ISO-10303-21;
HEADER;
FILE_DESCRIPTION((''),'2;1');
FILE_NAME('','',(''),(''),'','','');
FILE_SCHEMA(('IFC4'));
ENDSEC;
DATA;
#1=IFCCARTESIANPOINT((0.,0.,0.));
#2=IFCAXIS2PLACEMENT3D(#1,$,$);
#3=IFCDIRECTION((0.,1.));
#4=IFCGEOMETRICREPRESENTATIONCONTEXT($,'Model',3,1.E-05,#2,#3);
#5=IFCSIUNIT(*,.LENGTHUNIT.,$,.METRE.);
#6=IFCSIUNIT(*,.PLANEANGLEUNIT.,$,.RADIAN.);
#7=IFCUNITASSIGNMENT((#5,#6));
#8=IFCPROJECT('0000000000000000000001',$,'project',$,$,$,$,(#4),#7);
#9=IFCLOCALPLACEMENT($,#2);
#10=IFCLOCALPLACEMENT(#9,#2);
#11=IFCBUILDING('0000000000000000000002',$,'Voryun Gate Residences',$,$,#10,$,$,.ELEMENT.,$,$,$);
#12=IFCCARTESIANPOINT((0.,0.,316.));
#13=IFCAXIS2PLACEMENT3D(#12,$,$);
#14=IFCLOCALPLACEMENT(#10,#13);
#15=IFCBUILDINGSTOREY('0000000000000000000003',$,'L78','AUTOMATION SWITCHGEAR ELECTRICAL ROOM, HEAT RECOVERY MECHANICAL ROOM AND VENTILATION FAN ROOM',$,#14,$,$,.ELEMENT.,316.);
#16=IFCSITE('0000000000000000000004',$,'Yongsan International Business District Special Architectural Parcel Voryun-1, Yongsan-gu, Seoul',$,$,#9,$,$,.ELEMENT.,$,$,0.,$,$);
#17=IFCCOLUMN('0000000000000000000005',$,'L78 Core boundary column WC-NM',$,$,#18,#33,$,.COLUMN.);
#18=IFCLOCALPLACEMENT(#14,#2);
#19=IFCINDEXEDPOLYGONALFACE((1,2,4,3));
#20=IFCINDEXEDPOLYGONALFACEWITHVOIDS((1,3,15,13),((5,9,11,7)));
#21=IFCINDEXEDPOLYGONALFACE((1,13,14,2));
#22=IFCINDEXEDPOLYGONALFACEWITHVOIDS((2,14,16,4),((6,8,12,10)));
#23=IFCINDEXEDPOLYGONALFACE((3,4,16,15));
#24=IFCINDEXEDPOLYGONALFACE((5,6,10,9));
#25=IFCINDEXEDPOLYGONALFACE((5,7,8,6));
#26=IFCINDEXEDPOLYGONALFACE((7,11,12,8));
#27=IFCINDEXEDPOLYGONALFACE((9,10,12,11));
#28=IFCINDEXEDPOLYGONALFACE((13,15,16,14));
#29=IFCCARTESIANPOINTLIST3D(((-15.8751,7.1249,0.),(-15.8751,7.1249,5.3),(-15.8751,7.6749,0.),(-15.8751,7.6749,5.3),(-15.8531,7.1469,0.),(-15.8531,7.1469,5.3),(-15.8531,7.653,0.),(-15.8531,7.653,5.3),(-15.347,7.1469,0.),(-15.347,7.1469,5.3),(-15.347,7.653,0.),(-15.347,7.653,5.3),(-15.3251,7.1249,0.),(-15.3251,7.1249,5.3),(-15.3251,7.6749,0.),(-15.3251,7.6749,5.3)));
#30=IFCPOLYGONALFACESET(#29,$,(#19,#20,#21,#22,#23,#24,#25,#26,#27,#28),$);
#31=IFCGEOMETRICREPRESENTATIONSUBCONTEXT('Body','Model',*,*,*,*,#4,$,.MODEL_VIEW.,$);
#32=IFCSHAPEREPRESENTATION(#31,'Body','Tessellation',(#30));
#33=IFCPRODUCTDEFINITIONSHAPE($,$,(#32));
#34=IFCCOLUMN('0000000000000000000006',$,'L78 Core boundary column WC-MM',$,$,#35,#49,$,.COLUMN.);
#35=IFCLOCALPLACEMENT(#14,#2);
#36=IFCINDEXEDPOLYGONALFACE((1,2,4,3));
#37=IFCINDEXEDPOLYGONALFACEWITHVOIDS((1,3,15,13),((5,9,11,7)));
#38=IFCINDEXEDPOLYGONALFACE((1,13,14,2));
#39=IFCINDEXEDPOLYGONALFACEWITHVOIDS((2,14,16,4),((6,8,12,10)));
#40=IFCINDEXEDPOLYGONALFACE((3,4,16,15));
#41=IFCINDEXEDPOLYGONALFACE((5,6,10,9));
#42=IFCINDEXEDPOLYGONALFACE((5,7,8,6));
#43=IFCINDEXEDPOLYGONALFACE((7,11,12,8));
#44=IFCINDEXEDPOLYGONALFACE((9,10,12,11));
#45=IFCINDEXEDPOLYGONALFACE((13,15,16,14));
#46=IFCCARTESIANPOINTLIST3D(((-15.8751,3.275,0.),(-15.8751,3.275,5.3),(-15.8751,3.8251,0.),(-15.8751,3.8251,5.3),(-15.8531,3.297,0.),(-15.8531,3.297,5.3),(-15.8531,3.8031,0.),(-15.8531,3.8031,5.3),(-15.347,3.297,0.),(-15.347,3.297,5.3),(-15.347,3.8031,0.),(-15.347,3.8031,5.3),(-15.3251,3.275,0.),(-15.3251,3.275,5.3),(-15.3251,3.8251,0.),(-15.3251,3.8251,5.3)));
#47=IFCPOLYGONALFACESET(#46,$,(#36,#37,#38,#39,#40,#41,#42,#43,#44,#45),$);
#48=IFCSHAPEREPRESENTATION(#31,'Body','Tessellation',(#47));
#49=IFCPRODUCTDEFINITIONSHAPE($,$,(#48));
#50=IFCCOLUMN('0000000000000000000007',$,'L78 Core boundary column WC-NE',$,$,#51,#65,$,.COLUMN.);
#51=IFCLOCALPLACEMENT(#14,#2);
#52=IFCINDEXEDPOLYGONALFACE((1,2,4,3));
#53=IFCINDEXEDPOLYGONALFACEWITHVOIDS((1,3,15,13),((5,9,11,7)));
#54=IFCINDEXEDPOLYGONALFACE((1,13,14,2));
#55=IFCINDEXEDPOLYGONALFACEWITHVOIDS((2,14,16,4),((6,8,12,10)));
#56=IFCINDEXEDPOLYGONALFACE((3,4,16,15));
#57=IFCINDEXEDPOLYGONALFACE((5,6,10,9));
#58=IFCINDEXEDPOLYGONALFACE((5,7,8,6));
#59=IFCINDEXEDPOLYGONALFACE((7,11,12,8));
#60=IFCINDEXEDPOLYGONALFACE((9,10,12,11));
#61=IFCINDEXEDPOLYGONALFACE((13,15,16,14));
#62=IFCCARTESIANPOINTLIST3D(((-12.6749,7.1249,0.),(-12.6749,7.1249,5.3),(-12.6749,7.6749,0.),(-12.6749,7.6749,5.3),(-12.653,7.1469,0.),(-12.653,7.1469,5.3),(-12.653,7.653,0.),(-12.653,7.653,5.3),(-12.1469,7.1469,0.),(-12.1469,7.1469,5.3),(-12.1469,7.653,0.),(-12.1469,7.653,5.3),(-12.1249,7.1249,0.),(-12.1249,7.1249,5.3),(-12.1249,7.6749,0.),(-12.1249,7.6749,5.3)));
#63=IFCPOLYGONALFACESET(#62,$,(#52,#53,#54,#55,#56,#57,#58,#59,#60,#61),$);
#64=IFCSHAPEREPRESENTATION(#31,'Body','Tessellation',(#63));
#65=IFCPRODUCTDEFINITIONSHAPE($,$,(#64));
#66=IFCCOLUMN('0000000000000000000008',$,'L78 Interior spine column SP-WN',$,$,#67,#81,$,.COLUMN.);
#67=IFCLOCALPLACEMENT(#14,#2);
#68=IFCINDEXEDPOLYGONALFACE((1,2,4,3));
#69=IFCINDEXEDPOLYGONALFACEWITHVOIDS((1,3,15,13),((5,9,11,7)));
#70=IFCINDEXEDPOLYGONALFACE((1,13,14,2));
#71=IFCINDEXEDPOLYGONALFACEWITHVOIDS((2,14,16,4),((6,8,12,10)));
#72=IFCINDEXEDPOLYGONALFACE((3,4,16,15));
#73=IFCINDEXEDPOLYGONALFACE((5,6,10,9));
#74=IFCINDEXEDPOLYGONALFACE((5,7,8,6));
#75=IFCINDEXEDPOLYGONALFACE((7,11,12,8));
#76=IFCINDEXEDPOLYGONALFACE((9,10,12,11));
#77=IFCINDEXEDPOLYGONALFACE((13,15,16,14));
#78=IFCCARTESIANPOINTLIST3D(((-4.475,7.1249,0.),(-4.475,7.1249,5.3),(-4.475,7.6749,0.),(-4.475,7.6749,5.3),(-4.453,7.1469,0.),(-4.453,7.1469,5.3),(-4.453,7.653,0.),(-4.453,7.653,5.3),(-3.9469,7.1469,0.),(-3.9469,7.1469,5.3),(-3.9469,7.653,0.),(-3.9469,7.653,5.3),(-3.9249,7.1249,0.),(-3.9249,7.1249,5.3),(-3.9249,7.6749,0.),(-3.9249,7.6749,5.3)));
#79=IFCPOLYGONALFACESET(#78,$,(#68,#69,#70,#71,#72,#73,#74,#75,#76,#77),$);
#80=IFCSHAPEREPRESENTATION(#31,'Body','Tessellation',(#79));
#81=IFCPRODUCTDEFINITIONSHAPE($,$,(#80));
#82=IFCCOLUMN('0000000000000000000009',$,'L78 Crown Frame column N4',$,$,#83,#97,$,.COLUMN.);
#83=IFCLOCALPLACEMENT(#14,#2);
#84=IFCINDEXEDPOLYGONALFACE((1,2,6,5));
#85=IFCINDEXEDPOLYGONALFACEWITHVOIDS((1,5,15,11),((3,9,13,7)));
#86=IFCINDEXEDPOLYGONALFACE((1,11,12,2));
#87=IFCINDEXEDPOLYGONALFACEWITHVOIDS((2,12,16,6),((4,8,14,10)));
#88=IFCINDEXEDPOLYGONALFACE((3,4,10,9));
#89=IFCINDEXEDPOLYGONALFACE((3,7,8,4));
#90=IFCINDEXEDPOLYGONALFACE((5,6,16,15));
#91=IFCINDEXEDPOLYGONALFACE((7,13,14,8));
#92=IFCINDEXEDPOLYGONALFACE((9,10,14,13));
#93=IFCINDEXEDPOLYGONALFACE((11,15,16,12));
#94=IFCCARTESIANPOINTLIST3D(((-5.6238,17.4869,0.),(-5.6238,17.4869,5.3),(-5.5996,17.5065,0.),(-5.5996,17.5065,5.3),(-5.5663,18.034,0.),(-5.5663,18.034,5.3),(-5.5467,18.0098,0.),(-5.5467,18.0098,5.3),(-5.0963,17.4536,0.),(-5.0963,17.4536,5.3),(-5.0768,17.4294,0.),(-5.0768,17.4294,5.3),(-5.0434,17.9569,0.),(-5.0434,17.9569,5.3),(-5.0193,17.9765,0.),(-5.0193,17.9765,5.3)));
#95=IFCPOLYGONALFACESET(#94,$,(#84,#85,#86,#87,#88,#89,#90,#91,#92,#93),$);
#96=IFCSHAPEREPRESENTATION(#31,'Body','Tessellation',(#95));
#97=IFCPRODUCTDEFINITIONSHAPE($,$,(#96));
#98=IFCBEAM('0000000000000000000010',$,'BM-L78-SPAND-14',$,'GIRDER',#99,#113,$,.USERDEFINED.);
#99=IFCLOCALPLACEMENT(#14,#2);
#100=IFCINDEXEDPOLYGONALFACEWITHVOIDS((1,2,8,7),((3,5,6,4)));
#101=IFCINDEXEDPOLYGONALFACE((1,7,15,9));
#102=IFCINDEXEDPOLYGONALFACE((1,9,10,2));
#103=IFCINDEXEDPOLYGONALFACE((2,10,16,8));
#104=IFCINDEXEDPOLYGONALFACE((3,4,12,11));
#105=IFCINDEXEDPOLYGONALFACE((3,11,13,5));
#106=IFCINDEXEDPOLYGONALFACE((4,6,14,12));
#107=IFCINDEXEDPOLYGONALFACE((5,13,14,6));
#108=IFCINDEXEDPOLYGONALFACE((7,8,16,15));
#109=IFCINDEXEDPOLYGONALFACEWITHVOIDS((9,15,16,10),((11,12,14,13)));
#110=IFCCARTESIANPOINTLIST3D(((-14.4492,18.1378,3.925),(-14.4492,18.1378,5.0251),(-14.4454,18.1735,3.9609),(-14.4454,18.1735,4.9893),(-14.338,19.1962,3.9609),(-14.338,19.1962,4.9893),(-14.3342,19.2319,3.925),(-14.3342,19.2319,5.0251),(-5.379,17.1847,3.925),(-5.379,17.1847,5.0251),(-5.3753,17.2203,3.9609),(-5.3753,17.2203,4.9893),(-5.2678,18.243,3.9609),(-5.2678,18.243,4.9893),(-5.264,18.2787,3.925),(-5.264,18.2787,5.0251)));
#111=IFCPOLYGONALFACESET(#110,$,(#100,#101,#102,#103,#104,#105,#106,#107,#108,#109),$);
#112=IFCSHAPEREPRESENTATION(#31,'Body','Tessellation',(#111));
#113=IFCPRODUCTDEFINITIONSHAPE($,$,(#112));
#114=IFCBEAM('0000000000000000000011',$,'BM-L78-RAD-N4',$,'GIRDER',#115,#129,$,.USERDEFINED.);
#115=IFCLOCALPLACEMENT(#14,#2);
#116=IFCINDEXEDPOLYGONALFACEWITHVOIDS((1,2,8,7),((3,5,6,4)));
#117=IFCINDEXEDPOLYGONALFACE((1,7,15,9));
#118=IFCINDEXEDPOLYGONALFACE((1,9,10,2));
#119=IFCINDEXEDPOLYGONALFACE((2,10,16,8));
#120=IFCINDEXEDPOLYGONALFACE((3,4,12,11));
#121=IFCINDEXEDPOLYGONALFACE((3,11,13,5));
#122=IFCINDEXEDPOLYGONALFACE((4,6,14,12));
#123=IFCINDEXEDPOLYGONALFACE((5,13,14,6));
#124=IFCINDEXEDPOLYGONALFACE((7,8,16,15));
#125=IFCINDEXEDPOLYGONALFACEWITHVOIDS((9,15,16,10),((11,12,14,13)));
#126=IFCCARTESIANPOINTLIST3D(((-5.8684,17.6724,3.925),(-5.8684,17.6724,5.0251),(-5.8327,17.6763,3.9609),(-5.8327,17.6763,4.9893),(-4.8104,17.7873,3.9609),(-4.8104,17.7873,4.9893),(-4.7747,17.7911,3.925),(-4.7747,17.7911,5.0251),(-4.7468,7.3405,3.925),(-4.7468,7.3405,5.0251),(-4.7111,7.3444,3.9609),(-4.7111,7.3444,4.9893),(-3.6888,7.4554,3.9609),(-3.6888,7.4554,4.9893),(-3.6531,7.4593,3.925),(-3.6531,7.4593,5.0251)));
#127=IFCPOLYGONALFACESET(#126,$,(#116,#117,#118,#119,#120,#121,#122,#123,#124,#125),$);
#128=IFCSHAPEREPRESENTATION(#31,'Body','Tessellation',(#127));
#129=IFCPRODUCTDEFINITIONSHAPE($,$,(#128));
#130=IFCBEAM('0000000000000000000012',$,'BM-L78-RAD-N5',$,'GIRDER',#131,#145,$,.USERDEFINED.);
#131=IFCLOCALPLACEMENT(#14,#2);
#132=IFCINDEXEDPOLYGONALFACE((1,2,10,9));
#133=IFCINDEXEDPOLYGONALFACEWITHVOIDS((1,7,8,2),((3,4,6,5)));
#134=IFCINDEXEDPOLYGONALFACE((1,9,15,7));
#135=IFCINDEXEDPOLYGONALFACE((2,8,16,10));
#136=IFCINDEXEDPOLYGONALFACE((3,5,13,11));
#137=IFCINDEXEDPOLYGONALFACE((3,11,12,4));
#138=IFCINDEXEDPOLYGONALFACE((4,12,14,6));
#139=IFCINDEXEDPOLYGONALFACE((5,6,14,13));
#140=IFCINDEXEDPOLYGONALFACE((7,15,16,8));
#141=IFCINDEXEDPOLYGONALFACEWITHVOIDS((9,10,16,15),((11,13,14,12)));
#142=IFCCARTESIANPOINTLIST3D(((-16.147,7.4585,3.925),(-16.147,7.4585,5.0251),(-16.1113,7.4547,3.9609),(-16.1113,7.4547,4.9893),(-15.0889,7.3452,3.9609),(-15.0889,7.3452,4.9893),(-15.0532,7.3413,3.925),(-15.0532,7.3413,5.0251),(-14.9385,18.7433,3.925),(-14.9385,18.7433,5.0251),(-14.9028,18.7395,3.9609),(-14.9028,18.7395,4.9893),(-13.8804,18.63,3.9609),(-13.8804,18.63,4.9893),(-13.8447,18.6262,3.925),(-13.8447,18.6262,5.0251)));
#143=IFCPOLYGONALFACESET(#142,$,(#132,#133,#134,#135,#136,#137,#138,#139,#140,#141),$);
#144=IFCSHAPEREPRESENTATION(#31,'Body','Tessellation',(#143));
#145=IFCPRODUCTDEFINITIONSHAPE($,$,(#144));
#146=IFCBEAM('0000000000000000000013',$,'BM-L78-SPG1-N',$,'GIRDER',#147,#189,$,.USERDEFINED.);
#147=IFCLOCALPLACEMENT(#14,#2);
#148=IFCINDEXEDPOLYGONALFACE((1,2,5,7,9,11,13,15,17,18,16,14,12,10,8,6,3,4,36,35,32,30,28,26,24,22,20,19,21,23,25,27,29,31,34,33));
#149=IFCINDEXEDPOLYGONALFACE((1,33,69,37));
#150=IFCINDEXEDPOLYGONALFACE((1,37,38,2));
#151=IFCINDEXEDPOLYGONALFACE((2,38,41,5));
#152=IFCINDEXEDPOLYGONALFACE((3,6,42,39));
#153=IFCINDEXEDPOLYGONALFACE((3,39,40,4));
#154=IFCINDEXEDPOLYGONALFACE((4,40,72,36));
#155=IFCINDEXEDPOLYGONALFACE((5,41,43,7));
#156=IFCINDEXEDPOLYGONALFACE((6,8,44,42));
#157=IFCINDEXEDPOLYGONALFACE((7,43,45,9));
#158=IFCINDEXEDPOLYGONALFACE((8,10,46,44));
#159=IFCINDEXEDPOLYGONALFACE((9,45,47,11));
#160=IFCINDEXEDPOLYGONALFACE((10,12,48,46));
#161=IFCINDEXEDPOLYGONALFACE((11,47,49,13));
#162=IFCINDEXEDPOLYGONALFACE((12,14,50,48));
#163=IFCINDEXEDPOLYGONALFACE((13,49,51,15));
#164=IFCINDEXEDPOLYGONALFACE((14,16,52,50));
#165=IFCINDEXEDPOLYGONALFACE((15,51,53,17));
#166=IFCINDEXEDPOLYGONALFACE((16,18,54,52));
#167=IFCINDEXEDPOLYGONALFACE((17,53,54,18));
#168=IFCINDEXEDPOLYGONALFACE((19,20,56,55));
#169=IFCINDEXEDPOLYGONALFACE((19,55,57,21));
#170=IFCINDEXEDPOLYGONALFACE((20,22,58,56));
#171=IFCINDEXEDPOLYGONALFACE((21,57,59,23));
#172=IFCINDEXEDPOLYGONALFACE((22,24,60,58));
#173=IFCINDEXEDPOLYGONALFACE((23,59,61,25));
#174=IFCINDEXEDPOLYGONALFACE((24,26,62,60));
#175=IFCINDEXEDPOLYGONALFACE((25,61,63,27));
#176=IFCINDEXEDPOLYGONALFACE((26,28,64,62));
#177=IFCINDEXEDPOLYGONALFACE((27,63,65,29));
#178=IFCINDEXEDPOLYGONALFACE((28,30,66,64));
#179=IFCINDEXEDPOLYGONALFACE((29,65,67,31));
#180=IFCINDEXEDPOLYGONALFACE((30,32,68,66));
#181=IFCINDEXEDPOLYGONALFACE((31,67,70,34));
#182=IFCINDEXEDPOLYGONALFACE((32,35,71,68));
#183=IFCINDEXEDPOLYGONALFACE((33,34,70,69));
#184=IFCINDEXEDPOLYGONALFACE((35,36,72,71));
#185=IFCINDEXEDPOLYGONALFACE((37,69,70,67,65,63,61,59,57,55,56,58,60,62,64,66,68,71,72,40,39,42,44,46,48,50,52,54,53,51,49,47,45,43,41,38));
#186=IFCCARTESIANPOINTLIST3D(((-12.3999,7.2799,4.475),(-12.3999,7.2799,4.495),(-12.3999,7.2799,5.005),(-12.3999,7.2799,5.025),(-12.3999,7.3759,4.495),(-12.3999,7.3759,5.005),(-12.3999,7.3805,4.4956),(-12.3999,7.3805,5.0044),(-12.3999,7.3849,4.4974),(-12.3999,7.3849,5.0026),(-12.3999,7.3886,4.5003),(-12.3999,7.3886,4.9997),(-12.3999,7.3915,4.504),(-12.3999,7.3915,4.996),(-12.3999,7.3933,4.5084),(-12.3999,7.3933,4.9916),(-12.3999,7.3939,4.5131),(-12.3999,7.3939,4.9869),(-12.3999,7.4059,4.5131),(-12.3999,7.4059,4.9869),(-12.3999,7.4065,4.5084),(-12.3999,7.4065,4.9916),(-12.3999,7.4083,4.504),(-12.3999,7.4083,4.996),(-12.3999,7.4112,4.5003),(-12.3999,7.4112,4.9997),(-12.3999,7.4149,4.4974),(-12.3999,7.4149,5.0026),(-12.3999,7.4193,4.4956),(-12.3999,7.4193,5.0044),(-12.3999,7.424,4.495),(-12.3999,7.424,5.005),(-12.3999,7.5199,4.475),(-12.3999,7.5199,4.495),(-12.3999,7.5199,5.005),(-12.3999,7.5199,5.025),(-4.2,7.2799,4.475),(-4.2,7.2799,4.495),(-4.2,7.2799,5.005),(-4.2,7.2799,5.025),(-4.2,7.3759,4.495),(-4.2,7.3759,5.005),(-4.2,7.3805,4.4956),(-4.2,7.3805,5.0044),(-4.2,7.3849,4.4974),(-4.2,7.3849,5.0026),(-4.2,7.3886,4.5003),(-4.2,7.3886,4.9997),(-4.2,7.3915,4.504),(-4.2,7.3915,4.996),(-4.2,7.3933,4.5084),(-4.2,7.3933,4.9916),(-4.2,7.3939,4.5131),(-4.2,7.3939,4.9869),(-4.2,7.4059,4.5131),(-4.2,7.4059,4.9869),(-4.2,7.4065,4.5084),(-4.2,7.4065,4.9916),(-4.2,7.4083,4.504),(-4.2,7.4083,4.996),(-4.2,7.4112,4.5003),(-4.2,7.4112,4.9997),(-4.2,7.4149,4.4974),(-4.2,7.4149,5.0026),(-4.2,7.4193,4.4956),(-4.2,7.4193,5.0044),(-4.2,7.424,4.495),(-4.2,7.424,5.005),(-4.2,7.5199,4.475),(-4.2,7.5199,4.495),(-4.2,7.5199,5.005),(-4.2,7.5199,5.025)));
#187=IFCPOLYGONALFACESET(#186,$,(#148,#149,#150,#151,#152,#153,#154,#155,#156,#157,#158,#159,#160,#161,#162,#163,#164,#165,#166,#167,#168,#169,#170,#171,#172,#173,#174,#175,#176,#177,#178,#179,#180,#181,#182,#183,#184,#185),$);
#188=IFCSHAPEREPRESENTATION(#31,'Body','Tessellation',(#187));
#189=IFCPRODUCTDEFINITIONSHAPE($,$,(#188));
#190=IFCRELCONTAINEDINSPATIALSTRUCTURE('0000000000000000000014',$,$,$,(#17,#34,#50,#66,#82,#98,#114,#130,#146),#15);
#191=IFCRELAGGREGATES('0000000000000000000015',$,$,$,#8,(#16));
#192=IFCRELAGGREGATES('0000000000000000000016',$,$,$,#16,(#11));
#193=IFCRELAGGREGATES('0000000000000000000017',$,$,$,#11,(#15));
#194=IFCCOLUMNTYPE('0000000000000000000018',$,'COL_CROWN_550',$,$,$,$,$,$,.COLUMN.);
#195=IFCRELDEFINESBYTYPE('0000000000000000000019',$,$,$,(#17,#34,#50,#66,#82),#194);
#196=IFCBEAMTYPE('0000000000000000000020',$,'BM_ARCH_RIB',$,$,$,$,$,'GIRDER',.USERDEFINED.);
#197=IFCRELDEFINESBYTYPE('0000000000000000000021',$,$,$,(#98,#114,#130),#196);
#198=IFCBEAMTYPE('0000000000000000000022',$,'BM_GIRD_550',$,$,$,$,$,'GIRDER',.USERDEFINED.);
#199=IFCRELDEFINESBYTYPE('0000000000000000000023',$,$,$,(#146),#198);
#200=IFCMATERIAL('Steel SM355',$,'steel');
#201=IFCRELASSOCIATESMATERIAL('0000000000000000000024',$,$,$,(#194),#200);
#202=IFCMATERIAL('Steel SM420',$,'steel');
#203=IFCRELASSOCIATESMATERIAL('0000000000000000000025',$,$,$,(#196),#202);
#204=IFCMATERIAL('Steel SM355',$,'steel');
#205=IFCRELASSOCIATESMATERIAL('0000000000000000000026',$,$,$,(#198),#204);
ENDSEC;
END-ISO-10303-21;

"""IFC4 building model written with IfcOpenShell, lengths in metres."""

from ifc_helpers import new_model, si_unit, direction, frame, origin, origin_2d, place, context, subcontext, project, spatial, hollow_rectangle, i_section, extrude, material, material_profile, profile_set, type_object, element, save


model = new_model("IFC4")

# Units and contexts
model_context = context("Model", 3, precision=1e-05, world=origin(), true_north=direction((0.0, 1.0)))
body_context = subcontext(model_context, "Body", "Model", "MODEL_VIEW")
ifc_project = project(units=[si_unit("LENGTHUNIT", "METRE"), si_unit("PLANEANGLEUNIT", "RADIAN")], contexts=[model_context])

# Site, building, storey
site_placement = place(None, origin())
site = spatial("IfcSite", under=ifc_project, at=site_placement, Name="Yongsan International Business District Special Architectural Parcel Voryun-1, Yongsan-gu, Seoul", CompositionType="ELEMENT", RefElevation=0.0)
building_placement = place(site_placement, origin())
building = spatial("IfcBuilding", under=site, at=building_placement, Name="Voryun Gate Residences", CompositionType="ELEMENT")
storey_placement = place(building_placement, frame((0.0, 0.0, 316.0)))
storey = spatial("IfcBuildingStorey", under=building, at=storey_placement, Name="L78", Description="AUTOMATION SWITCHGEAR ELECTRICAL ROOM, HEAT RECOVERY MECHANICAL ROOM AND VENTILATION FAN ROOM", CompositionType="ELEMENT", Elevation=316.0)

# Columns
ifc_material_1 = material(Name="Steel SM355", Category="steel")
ifc_material_profile_1 = material_profile(ifc_material_1, hollow_rectangle(XDim=0.55, YDim=0.55, WallThickness=0.022, at=origin_2d()), Name="BOX-550x550x22")
ifc_profile_set_1 = profile_set([ifc_material_profile_1], Name="Steel SM355")
column_type = type_object("IfcColumnType", Name="COL_CROWN_550", PredefinedType="COLUMN", material=ifc_profile_set_1)
for number, where, z_axis, x_axis, name in (
    (1, (-15.6001, 7.3999, 0.0), (0.0, 0.0, 1.0), (1.0, 0.0, 0.0), "L78 Core boundary column WC-NM"),
    (2, (-15.6001, 3.55, 0.0), (0.0, 0.0, 1.0), (1.0, 0.0, 0.0), "L78 Core boundary column WC-MM"),
    (3, (-12.3999, 7.3999, 0.0), (0.0, 0.0, 1.0), (1.0, 0.0, 0.0), "L78 Core boundary column WC-NE"),
    (4, (-4.2, 7.3999, 0.0), (0.0, 0.0, 1.0), (1.0, 0.0, 0.0), "L78 Interior spine column SP-WN"),
    (5, (-5.3215, 17.7317, 0.0), (0.0, 0.0, 1.0), (0.994522, -0.104528, 0.0), "L78 Crown Frame column N4"),
):
    element("IfcColumn", number, at=place(storey_placement, frame(where, z_axis=z_axis, x_axis=x_axis)), inside=storey, type_object=column_type, Name=name, PredefinedType="COLUMN", context=body_context, shape_type="SweptSolid", body=[
        extrude(hollow_rectangle(XDim=0.55, YDim=0.55, WallThickness=0.022, at=origin_2d()), origin(), (0.0, 0.0, 1.0), 5.3),
    ])

# Beams
ifc_material_2 = material(Name="Steel SM420", Category="steel")
ifc_material_profile_2 = material_profile(ifc_material_2, hollow_rectangle(XDim=1.1001, YDim=1.1001, WallThickness=0.0359, at=origin_2d()), Name="BOX-1100x1100x36")
ifc_profile_set_2 = profile_set([ifc_material_profile_2], Name="Steel SM420")
beam_type_1 = type_object("IfcBeamType", Name="BM_ARCH_RIB", ElementType="GIRDER", PredefinedType="USERDEFINED", material=ifc_profile_set_2)
beam_1_placement = place(storey_placement, frame((-5.3215, 17.7317, 4.4751), z_axis=(-0.994524, 0.104509, 0.0), x_axis=(-0.104509, -0.994524, 0.0)))
element("IfcBeam", 6, at=beam_1_placement, inside=storey, type_object=beam_type_1, Name="BM-L78-SPAND-14", ObjectType="GIRDER", PredefinedType="USERDEFINED", context=body_context, shape_type="SweptSolid", body=[
    extrude(hollow_rectangle(XDim=1.1001, YDim=1.1001, WallThickness=0.0359, at=origin_2d()), origin(), (0.0, 0.0, 1.0), 9.1201),
])
beam_2_placement = place(storey_placement, frame((-4.2, 7.3999, 4.4751), z_axis=(-0.107922, 0.994159, 0.0), x_axis=(-0.994159, -0.107922, 0.0)))
element("IfcBeam", 7, at=beam_2_placement, inside=storey, type_object=beam_type_1, Name="BM-L78-RAD-N4", ObjectType="GIRDER", PredefinedType="USERDEFINED", context=body_context, shape_type="SweptSolid", body=[
    extrude(hollow_rectangle(XDim=1.1001, YDim=1.1001, WallThickness=0.0359, at=origin_2d()), origin(), (0.0, 0.0, 1.0), 10.3926),
])
beam_3_placement = place(storey_placement, frame((-15.6001, 7.3999, 4.4751), z_axis=(0.106481, 0.994315, 0.0), x_axis=(-0.994315, 0.106481, 0.0)))
element("IfcBeam", 8, at=beam_3_placement, inside=storey, type_object=beam_type_1, Name="BM-L78-RAD-N5", ObjectType="GIRDER", PredefinedType="USERDEFINED", context=body_context, shape_type="SweptSolid", body=[
    extrude(hollow_rectangle(XDim=1.1001, YDim=1.1001, WallThickness=0.0359, at=origin_2d()), origin(), (0.0, 0.0, 1.0), 11.3494),
])
ifc_material_3 = material(Name="Steel SM355", Category="steel")
ifc_material_profile_3 = material_profile(ifc_material_3, i_section(OverallWidth=0.24, OverallDepth=0.55, WebThickness=0.012, FlangeThickness=0.02, FilletRadius=0.0181, at=origin_2d()), Name="H-550x240x12x20")
ifc_profile_set_3 = profile_set([ifc_material_profile_3], Name="Steel SM355")
beam_type_2 = type_object("IfcBeamType", Name="BM_GIRD_550", ElementType="GIRDER", PredefinedType="USERDEFINED", material=ifc_profile_set_3)
beam_4_placement = place(storey_placement, frame((-12.3999, 7.3999, 4.75), z_axis=(1.0, 0.0, 0.0), x_axis=(0.0, 1.0, 0.0)))
element("IfcBeam", 9, at=beam_4_placement, inside=storey, type_object=beam_type_2, Name="BM-L78-SPG1-N", ObjectType="GIRDER", PredefinedType="USERDEFINED", context=body_context, shape_type="SweptSolid", body=[
    extrude(i_section(OverallWidth=0.24, OverallDepth=0.55, WebThickness=0.012, FlangeThickness=0.02, FilletRadius=0.0181, at=origin_2d()), origin(), (0.0, 0.0, 1.0), 8.2),
])

save(model, "model.ifc")
